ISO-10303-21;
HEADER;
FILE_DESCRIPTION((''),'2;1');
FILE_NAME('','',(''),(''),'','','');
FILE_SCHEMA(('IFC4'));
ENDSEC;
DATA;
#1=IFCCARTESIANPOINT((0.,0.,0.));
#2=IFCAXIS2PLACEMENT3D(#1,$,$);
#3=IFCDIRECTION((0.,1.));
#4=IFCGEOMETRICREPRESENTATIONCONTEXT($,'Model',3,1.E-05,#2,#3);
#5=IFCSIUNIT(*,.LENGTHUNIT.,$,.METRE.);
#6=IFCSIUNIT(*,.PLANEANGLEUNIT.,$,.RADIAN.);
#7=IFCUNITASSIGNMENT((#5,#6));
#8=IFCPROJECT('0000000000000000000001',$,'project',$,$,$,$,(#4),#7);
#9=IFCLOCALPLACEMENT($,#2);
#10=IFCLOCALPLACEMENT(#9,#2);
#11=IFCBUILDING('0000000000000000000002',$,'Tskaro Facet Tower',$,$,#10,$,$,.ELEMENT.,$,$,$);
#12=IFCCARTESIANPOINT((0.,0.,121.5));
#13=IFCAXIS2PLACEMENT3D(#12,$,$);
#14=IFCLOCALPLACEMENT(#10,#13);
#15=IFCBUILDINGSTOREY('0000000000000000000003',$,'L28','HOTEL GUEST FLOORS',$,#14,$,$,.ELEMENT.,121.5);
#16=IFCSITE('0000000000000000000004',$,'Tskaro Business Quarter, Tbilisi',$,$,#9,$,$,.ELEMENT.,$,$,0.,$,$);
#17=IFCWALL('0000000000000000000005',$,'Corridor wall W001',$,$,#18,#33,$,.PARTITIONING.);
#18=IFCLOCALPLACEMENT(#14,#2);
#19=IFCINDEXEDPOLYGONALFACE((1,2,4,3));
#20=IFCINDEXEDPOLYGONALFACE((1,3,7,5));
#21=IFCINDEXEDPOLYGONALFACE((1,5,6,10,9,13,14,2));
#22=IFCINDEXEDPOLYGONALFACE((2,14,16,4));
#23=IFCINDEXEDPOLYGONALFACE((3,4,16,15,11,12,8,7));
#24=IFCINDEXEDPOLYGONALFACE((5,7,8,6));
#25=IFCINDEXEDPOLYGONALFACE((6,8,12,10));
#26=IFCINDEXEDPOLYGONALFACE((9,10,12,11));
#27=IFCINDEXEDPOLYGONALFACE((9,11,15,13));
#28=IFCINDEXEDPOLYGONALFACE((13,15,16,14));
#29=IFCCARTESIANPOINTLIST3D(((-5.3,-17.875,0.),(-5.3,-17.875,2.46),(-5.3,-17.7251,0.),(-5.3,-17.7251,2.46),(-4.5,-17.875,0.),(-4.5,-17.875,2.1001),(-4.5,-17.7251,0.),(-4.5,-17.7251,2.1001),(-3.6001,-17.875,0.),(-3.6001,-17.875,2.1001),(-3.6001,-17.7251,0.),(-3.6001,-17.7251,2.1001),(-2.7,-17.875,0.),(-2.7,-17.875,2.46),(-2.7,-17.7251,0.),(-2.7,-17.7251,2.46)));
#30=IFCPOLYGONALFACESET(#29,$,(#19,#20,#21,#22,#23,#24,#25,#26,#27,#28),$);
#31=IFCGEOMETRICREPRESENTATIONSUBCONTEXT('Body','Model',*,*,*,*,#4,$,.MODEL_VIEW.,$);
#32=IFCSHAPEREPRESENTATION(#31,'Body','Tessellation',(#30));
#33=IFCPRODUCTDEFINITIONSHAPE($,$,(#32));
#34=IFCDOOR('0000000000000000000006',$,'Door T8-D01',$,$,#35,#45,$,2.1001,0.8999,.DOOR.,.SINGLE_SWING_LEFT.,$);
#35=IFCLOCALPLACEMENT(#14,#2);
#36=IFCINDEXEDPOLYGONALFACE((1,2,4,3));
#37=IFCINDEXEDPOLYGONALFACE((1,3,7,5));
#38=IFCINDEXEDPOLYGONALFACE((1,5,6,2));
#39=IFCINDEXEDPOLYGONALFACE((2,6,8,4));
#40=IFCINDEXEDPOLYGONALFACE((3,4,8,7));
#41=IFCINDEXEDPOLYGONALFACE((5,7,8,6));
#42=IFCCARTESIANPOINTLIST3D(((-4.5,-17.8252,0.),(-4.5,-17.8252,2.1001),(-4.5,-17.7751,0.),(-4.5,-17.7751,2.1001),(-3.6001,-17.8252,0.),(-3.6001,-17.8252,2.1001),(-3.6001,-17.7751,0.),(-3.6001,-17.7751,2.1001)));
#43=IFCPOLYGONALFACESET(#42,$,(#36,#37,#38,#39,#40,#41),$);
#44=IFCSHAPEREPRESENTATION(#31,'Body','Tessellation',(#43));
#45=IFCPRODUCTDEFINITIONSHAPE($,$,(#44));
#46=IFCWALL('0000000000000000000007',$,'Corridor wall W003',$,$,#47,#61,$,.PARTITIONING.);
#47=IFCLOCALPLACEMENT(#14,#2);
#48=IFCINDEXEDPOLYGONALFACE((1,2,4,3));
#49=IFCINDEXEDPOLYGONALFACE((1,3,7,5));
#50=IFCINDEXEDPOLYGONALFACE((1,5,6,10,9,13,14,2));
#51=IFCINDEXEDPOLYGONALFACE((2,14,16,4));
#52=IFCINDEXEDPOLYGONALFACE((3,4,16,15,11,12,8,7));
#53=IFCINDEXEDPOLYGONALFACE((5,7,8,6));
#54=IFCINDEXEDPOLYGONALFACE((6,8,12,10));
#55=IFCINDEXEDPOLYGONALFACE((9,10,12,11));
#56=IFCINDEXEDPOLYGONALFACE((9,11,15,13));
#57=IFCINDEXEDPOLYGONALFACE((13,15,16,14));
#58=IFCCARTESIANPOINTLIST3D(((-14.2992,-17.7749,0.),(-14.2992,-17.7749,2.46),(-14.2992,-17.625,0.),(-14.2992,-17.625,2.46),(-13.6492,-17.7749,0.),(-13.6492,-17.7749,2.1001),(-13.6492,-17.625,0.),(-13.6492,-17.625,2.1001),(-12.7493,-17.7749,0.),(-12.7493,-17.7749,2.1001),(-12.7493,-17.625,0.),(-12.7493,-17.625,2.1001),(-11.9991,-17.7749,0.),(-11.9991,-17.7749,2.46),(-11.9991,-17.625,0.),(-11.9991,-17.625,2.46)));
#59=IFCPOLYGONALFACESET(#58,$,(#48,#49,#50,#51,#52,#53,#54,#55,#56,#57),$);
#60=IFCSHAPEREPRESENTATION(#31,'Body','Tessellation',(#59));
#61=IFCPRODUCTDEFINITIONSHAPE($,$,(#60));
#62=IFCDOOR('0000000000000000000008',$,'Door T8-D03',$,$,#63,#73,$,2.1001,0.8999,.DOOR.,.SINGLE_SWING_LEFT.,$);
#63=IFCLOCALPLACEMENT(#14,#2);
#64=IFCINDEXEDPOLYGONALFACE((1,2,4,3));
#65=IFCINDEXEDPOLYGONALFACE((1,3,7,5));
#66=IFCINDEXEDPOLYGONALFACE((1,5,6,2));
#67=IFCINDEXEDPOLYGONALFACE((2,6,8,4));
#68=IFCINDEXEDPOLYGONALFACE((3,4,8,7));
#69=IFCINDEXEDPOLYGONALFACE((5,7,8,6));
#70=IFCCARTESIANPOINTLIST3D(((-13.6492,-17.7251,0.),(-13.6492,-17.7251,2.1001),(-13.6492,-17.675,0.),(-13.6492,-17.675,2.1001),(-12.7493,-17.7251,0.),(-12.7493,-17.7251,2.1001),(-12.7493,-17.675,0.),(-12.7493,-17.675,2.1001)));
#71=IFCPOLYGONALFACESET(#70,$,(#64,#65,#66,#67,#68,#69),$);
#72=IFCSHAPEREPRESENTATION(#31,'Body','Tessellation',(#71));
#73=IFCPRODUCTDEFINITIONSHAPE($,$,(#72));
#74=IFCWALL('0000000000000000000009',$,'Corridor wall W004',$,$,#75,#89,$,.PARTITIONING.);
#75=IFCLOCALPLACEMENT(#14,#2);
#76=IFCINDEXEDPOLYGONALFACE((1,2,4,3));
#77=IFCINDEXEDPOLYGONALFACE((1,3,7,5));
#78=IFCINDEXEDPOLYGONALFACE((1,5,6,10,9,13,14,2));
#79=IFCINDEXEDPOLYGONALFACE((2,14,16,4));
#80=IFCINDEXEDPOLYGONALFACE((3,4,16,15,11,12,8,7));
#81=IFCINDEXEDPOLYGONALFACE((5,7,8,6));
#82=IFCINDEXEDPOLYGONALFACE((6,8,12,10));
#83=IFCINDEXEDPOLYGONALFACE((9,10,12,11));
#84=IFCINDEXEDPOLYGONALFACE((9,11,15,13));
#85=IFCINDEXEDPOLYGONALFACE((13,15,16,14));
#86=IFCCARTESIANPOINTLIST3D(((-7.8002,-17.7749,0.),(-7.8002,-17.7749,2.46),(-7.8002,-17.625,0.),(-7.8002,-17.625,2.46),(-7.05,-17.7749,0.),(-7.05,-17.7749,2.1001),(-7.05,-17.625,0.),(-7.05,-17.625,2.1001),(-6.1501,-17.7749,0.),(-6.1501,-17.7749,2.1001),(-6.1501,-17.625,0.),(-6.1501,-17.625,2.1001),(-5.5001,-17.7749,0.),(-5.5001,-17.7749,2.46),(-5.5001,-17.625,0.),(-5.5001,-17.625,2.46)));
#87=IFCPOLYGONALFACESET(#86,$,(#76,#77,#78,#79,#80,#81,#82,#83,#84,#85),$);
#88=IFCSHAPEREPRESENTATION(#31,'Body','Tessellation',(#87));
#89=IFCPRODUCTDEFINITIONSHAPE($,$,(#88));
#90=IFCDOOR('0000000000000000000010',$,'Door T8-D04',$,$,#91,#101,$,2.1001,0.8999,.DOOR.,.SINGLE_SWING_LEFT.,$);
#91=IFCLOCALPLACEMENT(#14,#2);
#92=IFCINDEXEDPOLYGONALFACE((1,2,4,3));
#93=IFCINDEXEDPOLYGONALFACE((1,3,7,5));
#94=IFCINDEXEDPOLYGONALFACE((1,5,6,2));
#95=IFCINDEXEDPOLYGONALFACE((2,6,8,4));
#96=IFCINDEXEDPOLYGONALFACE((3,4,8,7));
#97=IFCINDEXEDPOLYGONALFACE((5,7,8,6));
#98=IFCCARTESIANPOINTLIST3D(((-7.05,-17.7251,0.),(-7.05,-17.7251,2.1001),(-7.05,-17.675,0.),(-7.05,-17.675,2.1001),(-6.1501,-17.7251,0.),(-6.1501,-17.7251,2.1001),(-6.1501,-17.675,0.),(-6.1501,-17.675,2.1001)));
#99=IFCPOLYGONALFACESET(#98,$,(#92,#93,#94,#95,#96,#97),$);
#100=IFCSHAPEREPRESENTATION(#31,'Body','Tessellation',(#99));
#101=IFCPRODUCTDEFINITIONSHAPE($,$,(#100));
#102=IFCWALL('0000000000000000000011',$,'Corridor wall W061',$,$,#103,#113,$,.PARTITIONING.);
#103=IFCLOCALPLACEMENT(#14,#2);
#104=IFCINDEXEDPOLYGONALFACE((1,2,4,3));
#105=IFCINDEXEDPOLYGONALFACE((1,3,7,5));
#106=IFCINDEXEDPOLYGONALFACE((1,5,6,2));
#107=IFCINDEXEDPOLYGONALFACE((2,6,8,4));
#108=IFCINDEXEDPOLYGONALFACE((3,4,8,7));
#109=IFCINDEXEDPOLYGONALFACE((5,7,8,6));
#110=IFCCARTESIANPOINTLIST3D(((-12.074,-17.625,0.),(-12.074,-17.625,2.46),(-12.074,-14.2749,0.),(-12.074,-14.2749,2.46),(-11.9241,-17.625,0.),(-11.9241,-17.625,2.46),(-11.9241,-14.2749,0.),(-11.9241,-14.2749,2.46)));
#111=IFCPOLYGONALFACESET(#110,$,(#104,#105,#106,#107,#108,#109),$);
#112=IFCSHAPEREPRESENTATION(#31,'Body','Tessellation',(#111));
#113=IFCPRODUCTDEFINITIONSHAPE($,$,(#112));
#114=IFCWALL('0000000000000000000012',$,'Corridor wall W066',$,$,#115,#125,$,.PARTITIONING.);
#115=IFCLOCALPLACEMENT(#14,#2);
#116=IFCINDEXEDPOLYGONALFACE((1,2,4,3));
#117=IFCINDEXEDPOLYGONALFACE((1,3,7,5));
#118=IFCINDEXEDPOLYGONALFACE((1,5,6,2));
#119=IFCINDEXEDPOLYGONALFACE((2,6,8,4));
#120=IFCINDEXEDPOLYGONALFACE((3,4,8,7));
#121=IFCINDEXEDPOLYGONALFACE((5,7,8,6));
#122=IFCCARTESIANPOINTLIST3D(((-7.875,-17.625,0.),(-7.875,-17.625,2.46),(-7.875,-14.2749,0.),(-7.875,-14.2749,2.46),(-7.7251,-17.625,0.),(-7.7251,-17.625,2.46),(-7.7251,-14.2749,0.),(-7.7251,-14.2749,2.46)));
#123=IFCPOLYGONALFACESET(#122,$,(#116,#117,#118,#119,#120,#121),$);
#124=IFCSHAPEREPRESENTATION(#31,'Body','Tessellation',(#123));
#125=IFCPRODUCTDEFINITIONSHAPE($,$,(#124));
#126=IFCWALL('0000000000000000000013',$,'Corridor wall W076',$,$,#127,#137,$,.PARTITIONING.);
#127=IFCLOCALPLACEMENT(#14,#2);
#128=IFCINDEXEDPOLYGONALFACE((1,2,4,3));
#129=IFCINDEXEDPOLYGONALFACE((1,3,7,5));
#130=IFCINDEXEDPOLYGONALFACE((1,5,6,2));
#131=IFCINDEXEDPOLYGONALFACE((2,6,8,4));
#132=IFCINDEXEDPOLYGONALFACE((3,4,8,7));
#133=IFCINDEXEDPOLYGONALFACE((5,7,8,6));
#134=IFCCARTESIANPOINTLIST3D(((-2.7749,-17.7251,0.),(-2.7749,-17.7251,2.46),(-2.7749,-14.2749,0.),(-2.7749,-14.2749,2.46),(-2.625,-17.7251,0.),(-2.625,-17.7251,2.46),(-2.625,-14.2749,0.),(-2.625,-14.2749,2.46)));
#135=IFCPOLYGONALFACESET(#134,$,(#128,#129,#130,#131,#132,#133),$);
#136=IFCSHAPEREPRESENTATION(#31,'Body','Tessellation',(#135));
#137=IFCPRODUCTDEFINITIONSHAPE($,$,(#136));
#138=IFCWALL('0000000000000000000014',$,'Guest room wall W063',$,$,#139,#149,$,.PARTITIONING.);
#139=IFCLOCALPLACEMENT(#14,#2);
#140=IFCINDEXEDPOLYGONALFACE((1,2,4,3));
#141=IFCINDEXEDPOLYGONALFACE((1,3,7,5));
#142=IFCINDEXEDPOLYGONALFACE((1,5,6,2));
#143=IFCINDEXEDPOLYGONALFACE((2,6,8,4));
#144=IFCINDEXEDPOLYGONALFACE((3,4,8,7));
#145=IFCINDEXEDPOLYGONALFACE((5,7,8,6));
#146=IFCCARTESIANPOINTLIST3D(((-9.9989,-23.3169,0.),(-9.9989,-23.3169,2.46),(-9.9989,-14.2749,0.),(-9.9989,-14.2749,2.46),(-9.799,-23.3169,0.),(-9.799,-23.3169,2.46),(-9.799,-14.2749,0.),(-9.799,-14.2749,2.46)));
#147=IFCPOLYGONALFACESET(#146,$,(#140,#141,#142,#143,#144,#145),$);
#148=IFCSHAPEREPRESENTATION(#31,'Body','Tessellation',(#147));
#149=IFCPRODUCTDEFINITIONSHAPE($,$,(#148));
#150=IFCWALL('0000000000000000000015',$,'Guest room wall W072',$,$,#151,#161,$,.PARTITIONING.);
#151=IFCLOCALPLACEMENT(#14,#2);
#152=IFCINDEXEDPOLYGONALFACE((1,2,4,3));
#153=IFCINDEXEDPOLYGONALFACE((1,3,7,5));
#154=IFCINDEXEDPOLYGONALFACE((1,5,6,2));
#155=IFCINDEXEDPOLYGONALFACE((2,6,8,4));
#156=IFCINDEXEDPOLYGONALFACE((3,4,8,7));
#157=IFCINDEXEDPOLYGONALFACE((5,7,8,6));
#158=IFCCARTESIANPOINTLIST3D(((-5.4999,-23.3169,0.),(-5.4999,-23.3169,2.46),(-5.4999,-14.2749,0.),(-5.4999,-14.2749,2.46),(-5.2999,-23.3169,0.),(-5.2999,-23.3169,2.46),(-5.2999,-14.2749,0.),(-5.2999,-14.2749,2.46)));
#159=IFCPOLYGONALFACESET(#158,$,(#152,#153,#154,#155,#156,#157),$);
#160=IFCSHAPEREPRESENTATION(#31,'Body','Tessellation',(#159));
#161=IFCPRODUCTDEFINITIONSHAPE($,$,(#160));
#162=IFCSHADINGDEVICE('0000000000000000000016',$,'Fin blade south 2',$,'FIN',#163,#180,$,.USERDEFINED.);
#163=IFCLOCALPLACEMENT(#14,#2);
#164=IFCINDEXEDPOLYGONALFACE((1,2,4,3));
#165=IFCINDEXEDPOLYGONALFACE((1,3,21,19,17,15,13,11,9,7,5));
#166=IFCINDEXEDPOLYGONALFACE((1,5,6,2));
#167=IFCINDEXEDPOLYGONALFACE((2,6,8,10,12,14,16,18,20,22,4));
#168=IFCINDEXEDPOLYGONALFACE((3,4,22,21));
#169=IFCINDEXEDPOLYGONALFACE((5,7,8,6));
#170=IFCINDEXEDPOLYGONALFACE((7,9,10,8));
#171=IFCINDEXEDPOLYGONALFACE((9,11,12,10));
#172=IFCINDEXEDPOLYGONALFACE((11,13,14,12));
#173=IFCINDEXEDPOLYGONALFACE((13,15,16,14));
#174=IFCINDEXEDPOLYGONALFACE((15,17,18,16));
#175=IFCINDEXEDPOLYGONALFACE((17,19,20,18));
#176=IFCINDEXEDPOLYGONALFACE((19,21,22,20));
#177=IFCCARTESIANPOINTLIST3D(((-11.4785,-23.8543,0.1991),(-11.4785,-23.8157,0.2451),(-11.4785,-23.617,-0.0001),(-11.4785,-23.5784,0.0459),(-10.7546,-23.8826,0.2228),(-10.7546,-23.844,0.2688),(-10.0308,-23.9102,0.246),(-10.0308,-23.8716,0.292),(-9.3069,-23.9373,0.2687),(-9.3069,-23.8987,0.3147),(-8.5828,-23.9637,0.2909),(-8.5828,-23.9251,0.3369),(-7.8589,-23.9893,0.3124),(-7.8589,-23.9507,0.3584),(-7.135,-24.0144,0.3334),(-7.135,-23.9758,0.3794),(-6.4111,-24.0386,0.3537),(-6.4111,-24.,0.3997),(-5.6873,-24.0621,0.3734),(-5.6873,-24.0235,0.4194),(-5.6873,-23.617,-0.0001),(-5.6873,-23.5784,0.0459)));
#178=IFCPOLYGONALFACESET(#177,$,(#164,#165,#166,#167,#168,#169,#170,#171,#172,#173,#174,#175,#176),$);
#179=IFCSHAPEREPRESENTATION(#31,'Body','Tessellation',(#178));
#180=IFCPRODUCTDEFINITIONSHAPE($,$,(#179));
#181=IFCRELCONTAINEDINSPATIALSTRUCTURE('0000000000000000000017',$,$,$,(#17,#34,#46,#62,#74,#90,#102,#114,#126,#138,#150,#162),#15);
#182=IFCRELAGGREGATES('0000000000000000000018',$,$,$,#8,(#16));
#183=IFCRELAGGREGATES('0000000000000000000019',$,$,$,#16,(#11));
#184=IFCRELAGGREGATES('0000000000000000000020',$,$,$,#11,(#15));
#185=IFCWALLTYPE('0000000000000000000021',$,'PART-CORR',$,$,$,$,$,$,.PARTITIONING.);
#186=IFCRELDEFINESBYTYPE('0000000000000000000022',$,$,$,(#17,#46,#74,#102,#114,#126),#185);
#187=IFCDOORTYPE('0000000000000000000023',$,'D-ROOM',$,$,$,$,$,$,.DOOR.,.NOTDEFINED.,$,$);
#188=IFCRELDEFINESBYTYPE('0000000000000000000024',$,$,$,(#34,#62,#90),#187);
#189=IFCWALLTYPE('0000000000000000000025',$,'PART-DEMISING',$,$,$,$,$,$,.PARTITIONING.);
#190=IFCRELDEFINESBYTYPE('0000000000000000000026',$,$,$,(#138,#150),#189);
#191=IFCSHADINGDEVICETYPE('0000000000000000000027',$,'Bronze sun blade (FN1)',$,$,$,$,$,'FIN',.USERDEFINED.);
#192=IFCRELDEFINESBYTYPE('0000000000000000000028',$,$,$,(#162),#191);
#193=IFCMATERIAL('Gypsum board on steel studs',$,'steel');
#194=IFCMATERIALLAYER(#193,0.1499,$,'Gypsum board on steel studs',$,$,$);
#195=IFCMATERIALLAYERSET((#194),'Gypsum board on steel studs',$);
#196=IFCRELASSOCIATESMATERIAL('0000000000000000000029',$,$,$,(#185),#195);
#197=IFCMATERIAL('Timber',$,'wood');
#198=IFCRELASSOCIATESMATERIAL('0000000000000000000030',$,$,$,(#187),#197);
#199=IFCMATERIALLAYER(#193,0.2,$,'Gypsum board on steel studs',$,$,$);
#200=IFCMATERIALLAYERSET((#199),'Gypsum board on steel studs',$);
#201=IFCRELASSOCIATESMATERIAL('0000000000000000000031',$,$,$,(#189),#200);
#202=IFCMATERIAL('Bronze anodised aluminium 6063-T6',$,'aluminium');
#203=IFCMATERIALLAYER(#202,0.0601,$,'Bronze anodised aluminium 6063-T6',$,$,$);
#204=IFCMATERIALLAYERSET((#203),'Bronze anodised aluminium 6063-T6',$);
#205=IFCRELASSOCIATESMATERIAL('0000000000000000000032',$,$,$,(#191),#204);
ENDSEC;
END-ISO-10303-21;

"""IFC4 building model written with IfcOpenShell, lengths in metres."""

from ifc_helpers import new_model, si_unit, direction, frame, frame_2d, origin, place, context, subcontext, project, spatial, polyline, rectangle, outline, extrude, material, layer, layer_set, type_object, element, fill, save


model = new_model("IFC4")

# Units and contexts
model_context = context("Model", 3, precision=1e-05, world=origin(), true_north=direction((0.0, 1.0)))
body_context = subcontext(model_context, "Body", "Model", "MODEL_VIEW")
ifc_project = project(units=[si_unit("LENGTHUNIT", "METRE"), si_unit("PLANEANGLEUNIT", "RADIAN")], contexts=[model_context])

# Site, building, storey
site_placement = place(None, origin())
site = spatial("IfcSite", under=ifc_project, at=site_placement, Name="Tskaro Business Quarter, Tbilisi", CompositionType="ELEMENT", RefElevation=0.0)
building_placement = place(site_placement, origin())
building = spatial("IfcBuilding", under=site, at=building_placement, Name="Tskaro Facet Tower", CompositionType="ELEMENT")
storey_placement = place(building_placement, frame((0.0, 0.0, 121.5)))
storey = spatial("IfcBuildingStorey", under=building, at=storey_placement, Name="L28", Description="HOTEL GUEST FLOORS", CompositionType="ELEMENT", Elevation=121.5)

# Shared definitions
ifc_material_1 = material(Name="Bronze anodised aluminium 6063-T6", Category="aluminium")

# Walls, openings, doors
ifc_material_2 = material(Name="Gypsum board on steel studs", Category="steel")
ifc_layer_1 = layer(ifc_material_2, 0.1499, Name="Gypsum board on steel studs")
ifc_layer_set_1 = layer_set([ifc_layer_1], Name="Gypsum board on steel studs")
wall_type_1 = type_object("IfcWallType", Name="PART-CORR", PredefinedType="PARTITIONING", material=ifc_layer_set_1)
wall_1_placement = place(storey_placement, frame((-5.3, -17.8, 0.0), z_axis=(0.0, 0.0, 1.0), x_axis=(1.0, 0.0, 0.0)))
wall_1 = element("IfcWall", 1, at=wall_1_placement, inside=storey, type_object=wall_type_1, Name="Corridor wall W001", PredefinedType="PARTITIONING", context=body_context, shape_type="SweptSolid", body=[
    extrude(rectangle(XDim=2.6001, YDim=0.1499, at=frame_2d((1.3, 0.0))), origin(), (0.0, 0.0, 1.0), 2.46),
])
opening_1_placement = place(wall_1_placement, frame((0.8, 0.0, 0.0)))
opening_1 = element("IfcOpeningElement", 2, at=opening_1_placement, cuts=wall_1, PredefinedType="OPENING", context=body_context, shape_type="SweptSolid", body=[
    extrude(rectangle(XDim=0.8999, YDim=2.1001, at=frame_2d((0.45, 1.05))), frame((0.0, 0.085, 0.0), z_axis=(0.0, -1.0, 0.0), x_axis=(1.0, 0.0, 0.0)), (0.0, 0.0, 1.0), 0.1699),
])
ifc_material_3 = material(Name="Timber", Category="wood")
door_type = type_object("IfcDoorType", Name="D-ROOM", OperationType="NOTDEFINED", PredefinedType="DOOR", material=ifc_material_3)
door_1_placement = place(opening_1_placement, origin())
door_1 = element("IfcDoor", 3, at=door_1_placement, inside=storey, type_object=door_type, Name="Door T8-D01", OperationType="SINGLE_SWING_LEFT", OverallHeight=2.1001, OverallWidth=0.8999, PredefinedType="DOOR", context=body_context, shape_type="SweptSolid", body=[
    extrude(rectangle(XDim=0.8999, YDim=2.1001, at=frame_2d((0.45, 1.05))), frame((0.0, 0.0249, 0.0), z_axis=(0.0, -1.0, 0.0), x_axis=(1.0, 0.0, 0.0)), (0.0, 0.0, 1.0), 0.05),
])
fill(opening_1, door_1)
wall_2_placement = place(storey_placement, frame((-14.2991, -17.7, 0.0), z_axis=(0.0, 0.0, 1.0), x_axis=(1.0, 0.0, 0.0)))
wall_2 = element("IfcWall", 4, at=wall_2_placement, inside=storey, type_object=wall_type_1, Name="Corridor wall W003", PredefinedType="PARTITIONING", context=body_context, shape_type="SweptSolid", body=[
    extrude(rectangle(XDim=2.3, YDim=0.1499, at=frame_2d((1.1499, 0.0))), origin(), (0.0, 0.0, 1.0), 2.46),
])
opening_2_placement = place(wall_2_placement, frame((0.6499, 0.0, 0.0)))
opening_2 = element("IfcOpeningElement", 5, at=opening_2_placement, cuts=wall_2, PredefinedType="OPENING", context=body_context, shape_type="SweptSolid", body=[
    extrude(rectangle(XDim=0.8999, YDim=2.1001, at=frame_2d((0.45, 1.05))), frame((0.0, 0.085, 0.0), z_axis=(0.0, -1.0, 0.0), x_axis=(1.0, 0.0, 0.0)), (0.0, 0.0, 1.0), 0.1699),
])
door_2_placement = place(opening_2_placement, origin())
door_2 = element("IfcDoor", 6, at=door_2_placement, inside=storey, type_object=door_type, Name="Door T8-D03", OperationType="SINGLE_SWING_LEFT", OverallHeight=2.1001, OverallWidth=0.8999, PredefinedType="DOOR", context=body_context, shape_type="SweptSolid", body=[
    extrude(rectangle(XDim=0.8999, YDim=2.1001, at=frame_2d((0.45, 1.05))), frame((0.0, 0.0249, 0.0), z_axis=(0.0, -1.0, 0.0), x_axis=(1.0, 0.0, 0.0)), (0.0, 0.0, 1.0), 0.05),
])
fill(opening_2, door_2)
wall_3_placement = place(storey_placement, frame((-7.8, -17.7, 0.0), z_axis=(0.0, 0.0, 1.0), x_axis=(1.0, 0.0, 0.0)))
wall_3 = element("IfcWall", 7, at=wall_3_placement, inside=storey, type_object=wall_type_1, Name="Corridor wall W004", PredefinedType="PARTITIONING", context=body_context, shape_type="SweptSolid", body=[
    extrude(rectangle(XDim=2.3, YDim=0.1499, at=frame_2d((1.1499, 0.0))), origin(), (0.0, 0.0, 1.0), 2.46),
])
opening_3_placement = place(wall_3_placement, frame((0.75, 0.0, 0.0)))
opening_3 = element("IfcOpeningElement", 8, at=opening_3_placement, cuts=wall_3, PredefinedType="OPENING", context=body_context, shape_type="SweptSolid", body=[
    extrude(rectangle(XDim=0.8999, YDim=2.1001, at=frame_2d((0.45, 1.05))), frame((0.0, 0.085, 0.0), z_axis=(0.0, -1.0, 0.0), x_axis=(1.0, 0.0, 0.0)), (0.0, 0.0, 1.0), 0.1699),
])
door_3_placement = place(opening_3_placement, origin())
door_3 = element("IfcDoor", 9, at=door_3_placement, inside=storey, type_object=door_type, Name="Door T8-D04", OperationType="SINGLE_SWING_LEFT", OverallHeight=2.1001, OverallWidth=0.8999, PredefinedType="DOOR", context=body_context, shape_type="SweptSolid", body=[
    extrude(rectangle(XDim=0.8999, YDim=2.1001, at=frame_2d((0.45, 1.05))), frame((0.0, 0.0249, 0.0), z_axis=(0.0, -1.0, 0.0), x_axis=(1.0, 0.0, 0.0)), (0.0, 0.0, 1.0), 0.05),
])
fill(opening_3, door_3)

# Walls
for number, where, z_axis, x_axis, name in (
    (10, (-11.999, -17.625, 0.0), (0.0, 0.0, 1.0), (0.0, 1.0, 0.0), "Corridor wall W061"),
    (11, (-7.8, -17.625, 0.0), (0.0, 0.0, 1.0), (0.0, 1.0, 0.0), "Corridor wall W066"),
):
    element("IfcWall", number, at=place(storey_placement, frame(where, z_axis=z_axis, x_axis=x_axis)), inside=storey, type_object=wall_type_1, Name=name, PredefinedType="PARTITIONING", context=body_context, shape_type="SweptSolid", body=[
        extrude(rectangle(XDim=3.3501, YDim=0.1499, at=frame_2d((1.675, 0.0))), origin(), (0.0, 0.0, 1.0), 2.46),
    ])
wall_4_placement = place(storey_placement, frame((-2.7, -17.7251, 0.0), z_axis=(0.0, 0.0, 1.0), x_axis=(0.0, 1.0, 0.0)))
element("IfcWall", 12, at=wall_4_placement, inside=storey, type_object=wall_type_1, Name="Corridor wall W076", PredefinedType="PARTITIONING", context=body_context, shape_type="SweptSolid", body=[
    extrude(rectangle(XDim=3.4502, YDim=0.1499, at=frame_2d((1.7251, 0.0))), origin(), (0.0, 0.0, 1.0), 2.46),
])
ifc_layer_2 = layer(ifc_material_2, 0.2, Name="Gypsum board on steel studs")
ifc_layer_set_2 = layer_set([ifc_layer_2], Name="Gypsum board on steel studs")
wall_type_2 = type_object("IfcWallType", Name="PART-DEMISING", PredefinedType="PARTITIONING", material=ifc_layer_set_2)
for number, where, z_axis, x_axis, name in (
    (13, (-9.8989, -23.3169, 0.0), (0.0, 0.0, 1.0), (0.0, 1.0, 0.0), "Guest room wall W063"),
    (14, (-5.3999, -23.3169, 0.0), (0.0, 0.0, 1.0), (0.0, 1.0, 0.0), "Guest room wall W072"),
):
    element("IfcWall", number, at=place(storey_placement, frame(where, z_axis=z_axis, x_axis=x_axis)), inside=storey, type_object=wall_type_2, Name=name, PredefinedType="PARTITIONING", context=body_context, shape_type="SweptSolid", body=[
        extrude(rectangle(XDim=9.042, YDim=0.2, at=frame_2d((4.521, 0.0))), origin(), (0.0, 0.0, 1.0), 2.46),
    ])

# Shading device
ifc_layer_3 = layer(ifc_material_1, 0.0601, Name="Bronze anodised aluminium 6063-T6")
ifc_layer_set_3 = layer_set([ifc_layer_3], Name="Bronze anodised aluminium 6063-T6")
shading_device_type = type_object("IfcShadingDeviceType", Name="Bronze sun blade (FN1)", ElementType="FIN", PredefinedType="USERDEFINED", material=ifc_layer_set_3)
shading_device_1_placement = place(storey_placement, frame((-11.4785, -23.5784, 0.0459), z_axis=(0.000001, 0.642845, 0.765997), x_axis=(1.0, -0.000001, -0.000001)))
element("IfcShadingDevice", 15, at=shading_device_1_placement, inside=storey, type_object=shading_device_type, Name="Fin blade south 2", ObjectType="FIN", PredefinedType="USERDEFINED", context=body_context, shape_type="SweptSolid", body=[
    extrude(outline(polyline([(0.0, 0.0), (5.7913, 0.0), (5.7913, -0.581), (5.0674, -0.5504), (4.3435, -0.5188), (3.6196, -0.4861), (2.8958, -0.4526), (2.1716, -0.4182), (1.4478, -0.3828), (0.7239, -0.3468), (0.0, -0.3098), (0.0, 0.0)])), origin(), (0.0, 0.0, -1.0), 0.0601),
])

save(model, "model.ifc")
